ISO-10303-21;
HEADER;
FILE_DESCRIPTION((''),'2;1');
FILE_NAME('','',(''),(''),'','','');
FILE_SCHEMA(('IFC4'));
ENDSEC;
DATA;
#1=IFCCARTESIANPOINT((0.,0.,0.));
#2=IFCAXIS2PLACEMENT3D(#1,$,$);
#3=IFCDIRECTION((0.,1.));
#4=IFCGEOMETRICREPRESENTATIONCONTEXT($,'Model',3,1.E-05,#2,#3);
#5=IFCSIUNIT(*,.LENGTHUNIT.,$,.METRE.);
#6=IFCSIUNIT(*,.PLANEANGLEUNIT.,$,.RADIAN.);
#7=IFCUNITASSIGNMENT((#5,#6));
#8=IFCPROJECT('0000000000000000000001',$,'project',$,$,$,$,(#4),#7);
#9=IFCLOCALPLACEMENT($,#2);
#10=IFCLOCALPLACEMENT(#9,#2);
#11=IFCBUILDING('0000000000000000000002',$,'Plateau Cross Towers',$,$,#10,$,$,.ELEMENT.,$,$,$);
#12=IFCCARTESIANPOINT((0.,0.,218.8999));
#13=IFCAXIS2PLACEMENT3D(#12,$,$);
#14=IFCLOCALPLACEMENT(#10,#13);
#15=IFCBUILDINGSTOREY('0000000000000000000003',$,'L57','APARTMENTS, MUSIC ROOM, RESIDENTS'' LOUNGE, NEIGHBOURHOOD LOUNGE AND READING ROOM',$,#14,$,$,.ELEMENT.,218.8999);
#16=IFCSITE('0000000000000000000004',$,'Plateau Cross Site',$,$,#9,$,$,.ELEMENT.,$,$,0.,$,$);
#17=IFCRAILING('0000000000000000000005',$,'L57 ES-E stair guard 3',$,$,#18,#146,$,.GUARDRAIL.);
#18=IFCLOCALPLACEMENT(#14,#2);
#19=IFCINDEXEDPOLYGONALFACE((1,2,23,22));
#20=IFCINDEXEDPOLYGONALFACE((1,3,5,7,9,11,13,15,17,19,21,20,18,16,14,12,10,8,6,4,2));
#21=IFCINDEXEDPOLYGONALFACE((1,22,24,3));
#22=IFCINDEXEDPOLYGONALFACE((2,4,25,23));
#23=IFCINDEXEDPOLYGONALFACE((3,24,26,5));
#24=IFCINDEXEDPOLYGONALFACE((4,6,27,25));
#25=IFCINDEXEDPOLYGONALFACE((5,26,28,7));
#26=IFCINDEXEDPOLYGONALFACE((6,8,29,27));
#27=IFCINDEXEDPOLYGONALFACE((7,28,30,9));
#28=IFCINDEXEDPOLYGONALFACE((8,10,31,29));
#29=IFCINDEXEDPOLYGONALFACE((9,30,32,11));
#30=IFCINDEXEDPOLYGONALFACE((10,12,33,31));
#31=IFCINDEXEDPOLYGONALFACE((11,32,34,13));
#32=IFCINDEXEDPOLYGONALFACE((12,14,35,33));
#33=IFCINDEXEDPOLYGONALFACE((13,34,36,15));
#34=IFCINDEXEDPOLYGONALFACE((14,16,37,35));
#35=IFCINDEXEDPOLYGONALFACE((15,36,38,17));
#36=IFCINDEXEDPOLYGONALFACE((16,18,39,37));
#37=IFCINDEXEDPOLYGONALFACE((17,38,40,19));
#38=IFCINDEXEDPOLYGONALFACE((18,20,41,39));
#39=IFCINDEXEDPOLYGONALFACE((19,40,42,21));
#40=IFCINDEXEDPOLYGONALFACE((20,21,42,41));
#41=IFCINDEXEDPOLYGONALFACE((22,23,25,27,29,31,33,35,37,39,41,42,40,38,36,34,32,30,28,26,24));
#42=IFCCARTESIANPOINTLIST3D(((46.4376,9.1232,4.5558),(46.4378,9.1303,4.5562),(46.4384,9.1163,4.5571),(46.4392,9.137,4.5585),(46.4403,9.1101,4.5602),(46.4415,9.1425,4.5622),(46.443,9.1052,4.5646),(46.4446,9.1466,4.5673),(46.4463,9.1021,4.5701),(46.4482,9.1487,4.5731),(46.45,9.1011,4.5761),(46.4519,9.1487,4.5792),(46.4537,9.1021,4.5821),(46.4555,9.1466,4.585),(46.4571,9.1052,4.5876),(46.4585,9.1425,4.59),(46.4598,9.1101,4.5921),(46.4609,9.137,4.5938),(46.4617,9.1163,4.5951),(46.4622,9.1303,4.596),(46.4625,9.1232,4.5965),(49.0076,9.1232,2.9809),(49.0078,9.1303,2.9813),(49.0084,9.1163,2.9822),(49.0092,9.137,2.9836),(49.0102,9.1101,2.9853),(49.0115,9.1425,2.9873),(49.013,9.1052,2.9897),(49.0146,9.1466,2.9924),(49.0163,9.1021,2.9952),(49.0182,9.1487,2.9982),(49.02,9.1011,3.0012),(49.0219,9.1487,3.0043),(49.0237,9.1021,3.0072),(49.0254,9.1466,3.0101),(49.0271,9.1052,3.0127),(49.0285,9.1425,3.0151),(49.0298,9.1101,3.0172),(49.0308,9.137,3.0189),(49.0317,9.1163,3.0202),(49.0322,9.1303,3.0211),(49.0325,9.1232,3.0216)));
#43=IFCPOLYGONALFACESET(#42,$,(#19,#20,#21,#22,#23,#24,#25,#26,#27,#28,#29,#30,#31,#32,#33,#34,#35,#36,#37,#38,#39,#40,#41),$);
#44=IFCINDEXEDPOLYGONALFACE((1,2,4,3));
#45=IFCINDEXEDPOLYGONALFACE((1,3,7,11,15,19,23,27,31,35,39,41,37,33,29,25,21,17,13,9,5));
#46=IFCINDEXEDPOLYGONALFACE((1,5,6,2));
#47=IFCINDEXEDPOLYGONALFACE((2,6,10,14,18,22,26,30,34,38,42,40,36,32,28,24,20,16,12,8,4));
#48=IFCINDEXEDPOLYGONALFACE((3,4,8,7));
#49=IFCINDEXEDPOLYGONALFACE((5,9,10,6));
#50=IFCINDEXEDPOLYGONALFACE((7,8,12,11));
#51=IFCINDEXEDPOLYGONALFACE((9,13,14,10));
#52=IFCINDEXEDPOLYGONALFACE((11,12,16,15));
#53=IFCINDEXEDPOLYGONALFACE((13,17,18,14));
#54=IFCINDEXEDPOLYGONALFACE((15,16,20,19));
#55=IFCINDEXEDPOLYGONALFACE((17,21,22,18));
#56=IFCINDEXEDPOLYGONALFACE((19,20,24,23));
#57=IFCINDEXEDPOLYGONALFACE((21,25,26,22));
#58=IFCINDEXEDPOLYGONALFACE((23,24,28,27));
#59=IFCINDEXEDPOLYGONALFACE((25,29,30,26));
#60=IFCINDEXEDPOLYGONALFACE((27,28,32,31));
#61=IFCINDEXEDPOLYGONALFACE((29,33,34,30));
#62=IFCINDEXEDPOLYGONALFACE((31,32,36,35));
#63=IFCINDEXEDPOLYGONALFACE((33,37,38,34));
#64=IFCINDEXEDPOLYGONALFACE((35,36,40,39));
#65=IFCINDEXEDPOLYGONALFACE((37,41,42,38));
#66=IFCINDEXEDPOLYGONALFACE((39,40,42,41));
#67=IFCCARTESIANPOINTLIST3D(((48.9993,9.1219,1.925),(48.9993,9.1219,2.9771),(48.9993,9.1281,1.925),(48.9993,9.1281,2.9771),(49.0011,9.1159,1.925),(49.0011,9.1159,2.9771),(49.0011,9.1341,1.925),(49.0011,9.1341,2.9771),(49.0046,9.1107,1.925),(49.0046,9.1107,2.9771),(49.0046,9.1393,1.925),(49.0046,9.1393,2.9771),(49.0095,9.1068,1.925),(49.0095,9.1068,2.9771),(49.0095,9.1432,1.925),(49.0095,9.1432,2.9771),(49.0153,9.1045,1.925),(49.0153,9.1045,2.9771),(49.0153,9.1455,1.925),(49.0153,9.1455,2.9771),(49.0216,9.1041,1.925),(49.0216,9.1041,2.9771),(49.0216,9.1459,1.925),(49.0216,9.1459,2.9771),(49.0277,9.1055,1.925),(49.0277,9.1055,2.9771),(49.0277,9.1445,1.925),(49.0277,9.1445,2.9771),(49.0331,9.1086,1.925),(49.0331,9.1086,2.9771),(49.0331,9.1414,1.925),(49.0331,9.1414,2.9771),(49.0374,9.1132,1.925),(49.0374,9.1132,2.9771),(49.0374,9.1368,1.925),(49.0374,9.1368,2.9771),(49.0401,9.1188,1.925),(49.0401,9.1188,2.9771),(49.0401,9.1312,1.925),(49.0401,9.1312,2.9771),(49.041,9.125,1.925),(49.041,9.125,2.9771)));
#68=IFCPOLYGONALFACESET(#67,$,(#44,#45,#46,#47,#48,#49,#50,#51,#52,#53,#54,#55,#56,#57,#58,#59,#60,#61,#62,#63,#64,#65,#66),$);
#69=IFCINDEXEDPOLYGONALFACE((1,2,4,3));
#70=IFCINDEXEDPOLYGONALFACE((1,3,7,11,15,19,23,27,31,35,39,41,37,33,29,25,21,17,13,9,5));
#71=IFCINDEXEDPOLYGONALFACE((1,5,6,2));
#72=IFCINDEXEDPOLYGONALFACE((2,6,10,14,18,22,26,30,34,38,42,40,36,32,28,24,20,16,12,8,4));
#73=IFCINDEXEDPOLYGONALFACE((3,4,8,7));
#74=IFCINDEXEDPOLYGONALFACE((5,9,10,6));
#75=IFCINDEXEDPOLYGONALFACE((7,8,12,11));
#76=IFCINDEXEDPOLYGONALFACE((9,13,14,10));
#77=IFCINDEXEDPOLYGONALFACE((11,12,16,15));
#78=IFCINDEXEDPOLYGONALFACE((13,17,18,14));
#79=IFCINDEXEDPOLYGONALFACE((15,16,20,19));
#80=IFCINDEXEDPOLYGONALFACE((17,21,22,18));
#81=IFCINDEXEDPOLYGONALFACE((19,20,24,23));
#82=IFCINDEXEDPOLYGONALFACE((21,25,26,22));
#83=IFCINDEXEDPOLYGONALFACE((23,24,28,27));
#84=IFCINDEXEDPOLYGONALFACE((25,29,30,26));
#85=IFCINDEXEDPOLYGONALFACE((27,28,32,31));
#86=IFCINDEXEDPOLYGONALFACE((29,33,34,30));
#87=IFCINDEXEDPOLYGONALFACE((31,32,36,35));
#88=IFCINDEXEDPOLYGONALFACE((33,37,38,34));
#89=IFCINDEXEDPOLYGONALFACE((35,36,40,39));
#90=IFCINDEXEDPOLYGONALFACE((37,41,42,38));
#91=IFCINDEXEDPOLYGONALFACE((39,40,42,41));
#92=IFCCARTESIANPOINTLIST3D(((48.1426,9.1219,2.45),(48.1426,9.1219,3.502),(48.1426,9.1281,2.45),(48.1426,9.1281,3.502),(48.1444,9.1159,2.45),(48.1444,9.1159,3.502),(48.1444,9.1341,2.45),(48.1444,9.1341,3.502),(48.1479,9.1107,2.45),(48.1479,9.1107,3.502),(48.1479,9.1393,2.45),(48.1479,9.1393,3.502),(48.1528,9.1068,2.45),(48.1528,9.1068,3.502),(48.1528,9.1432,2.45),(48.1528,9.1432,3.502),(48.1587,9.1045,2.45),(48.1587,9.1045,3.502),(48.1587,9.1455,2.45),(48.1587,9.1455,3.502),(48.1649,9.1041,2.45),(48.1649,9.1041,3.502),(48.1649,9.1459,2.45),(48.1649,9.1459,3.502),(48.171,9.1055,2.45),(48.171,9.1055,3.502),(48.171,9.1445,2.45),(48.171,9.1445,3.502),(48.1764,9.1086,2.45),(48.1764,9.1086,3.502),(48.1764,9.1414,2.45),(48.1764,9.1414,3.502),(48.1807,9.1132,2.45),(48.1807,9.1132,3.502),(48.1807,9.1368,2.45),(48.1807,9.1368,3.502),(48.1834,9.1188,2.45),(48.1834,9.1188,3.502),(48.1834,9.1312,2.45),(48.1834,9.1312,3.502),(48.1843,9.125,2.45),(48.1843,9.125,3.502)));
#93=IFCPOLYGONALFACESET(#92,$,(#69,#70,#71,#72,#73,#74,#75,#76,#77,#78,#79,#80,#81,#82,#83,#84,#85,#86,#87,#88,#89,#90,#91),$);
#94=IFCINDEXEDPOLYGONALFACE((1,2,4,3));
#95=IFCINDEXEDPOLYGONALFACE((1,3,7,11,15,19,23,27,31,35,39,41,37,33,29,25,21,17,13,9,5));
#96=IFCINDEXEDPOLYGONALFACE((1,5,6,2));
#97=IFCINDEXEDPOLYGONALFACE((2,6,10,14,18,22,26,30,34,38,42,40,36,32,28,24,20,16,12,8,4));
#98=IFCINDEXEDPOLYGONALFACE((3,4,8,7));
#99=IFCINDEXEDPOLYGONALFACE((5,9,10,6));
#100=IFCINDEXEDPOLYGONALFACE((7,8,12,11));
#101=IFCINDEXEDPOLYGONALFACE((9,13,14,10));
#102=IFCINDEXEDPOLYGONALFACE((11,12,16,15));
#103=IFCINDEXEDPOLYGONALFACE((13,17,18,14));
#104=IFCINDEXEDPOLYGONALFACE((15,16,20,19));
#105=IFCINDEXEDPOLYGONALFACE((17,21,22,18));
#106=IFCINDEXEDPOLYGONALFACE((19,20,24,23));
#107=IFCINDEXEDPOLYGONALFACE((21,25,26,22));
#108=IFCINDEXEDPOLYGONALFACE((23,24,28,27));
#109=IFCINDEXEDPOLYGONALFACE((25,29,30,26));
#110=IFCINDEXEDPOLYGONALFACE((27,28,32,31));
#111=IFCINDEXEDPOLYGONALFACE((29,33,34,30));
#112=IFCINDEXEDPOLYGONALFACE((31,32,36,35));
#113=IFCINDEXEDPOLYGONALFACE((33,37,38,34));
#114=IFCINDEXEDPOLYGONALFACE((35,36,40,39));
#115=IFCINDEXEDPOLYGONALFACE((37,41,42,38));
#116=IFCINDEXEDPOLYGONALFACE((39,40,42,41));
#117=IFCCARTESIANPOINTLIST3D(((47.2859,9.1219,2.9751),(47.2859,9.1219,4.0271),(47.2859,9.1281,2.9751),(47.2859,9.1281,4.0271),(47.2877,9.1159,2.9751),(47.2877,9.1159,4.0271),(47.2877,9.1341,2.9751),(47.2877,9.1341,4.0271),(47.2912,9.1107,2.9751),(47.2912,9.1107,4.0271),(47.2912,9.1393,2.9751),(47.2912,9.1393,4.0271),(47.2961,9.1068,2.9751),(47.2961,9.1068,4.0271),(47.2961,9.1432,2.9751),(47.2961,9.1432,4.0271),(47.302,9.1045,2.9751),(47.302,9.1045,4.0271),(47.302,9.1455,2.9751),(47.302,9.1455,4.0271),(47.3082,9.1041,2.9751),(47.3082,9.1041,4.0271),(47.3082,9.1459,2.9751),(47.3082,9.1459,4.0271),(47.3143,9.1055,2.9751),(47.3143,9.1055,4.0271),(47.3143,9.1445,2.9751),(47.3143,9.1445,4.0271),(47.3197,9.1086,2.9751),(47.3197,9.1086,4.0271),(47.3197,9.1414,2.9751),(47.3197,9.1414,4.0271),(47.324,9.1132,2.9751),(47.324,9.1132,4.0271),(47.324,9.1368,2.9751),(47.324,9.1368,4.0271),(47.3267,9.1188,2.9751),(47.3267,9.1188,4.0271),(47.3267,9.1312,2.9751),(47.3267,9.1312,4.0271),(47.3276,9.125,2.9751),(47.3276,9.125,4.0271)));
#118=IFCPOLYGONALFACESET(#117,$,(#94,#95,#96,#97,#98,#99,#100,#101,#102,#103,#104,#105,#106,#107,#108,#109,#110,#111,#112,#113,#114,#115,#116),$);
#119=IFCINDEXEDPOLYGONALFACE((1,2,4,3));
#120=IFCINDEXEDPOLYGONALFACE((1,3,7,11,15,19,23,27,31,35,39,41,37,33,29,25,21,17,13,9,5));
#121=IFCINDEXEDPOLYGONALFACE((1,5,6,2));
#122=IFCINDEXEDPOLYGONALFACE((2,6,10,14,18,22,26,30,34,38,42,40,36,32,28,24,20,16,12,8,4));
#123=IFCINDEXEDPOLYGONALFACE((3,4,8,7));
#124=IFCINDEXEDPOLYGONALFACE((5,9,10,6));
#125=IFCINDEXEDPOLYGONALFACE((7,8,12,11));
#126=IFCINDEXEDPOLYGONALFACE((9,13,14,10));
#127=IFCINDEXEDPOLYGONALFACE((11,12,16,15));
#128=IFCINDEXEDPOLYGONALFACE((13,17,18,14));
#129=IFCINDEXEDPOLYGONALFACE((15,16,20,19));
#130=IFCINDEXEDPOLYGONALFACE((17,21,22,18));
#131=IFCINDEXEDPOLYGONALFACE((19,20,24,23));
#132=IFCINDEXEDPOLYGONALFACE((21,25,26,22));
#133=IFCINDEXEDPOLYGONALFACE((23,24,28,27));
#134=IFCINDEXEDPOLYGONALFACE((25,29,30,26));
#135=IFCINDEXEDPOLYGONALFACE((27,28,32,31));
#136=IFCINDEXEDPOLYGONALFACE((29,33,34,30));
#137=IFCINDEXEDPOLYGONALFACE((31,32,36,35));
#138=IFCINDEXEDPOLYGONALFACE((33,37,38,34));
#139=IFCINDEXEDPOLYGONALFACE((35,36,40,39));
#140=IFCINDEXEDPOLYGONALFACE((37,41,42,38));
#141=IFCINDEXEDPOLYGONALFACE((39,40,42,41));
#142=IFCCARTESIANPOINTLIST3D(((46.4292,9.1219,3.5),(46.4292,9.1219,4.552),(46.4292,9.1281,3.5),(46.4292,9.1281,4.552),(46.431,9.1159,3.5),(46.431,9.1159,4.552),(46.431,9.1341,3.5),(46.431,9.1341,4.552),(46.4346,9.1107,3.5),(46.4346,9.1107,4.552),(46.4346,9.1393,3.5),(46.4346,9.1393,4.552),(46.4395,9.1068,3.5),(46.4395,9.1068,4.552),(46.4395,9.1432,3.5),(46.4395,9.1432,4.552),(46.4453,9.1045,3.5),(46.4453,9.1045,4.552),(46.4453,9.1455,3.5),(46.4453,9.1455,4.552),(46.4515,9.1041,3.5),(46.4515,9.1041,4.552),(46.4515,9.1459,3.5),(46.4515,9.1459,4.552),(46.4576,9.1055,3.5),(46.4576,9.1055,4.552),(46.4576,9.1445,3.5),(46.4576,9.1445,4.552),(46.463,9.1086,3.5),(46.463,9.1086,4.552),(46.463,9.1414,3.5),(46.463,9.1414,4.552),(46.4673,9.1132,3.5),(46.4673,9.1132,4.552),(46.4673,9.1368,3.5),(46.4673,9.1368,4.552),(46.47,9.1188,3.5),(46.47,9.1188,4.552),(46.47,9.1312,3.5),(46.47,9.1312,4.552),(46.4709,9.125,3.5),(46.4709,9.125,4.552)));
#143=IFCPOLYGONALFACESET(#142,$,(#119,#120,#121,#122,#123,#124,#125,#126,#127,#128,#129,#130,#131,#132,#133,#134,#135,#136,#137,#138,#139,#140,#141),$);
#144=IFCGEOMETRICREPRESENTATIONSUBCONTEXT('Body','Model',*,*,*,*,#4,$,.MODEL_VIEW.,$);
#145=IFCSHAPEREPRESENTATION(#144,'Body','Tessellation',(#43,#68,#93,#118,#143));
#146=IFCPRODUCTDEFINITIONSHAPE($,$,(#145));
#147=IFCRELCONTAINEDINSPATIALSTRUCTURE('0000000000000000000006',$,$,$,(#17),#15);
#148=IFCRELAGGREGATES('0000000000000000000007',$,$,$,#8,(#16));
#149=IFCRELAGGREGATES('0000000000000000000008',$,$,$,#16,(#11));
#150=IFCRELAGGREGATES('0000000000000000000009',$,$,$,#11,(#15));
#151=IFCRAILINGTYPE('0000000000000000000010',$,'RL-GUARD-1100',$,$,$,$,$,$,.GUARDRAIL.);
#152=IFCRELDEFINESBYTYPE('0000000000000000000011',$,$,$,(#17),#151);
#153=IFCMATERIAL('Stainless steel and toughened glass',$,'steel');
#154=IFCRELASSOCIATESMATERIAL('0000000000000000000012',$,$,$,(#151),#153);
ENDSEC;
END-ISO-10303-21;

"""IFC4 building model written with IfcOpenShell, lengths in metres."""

from ifc_helpers import new_model, si_unit, direction, frame, origin, origin_2d, place, context, subcontext, project, spatial, circle, extrude, material, type_object, element, save


model = new_model("IFC4")

# Units and contexts
model_context = context("Model", 3, precision=1e-05, world=origin(), true_north=direction((0.0, 1.0)))
body_context = subcontext(model_context, "Body", "Model", "MODEL_VIEW")
ifc_project = project(units=[si_unit("LENGTHUNIT", "METRE"), si_unit("PLANEANGLEUNIT", "RADIAN")], contexts=[model_context])

# Site, building, storey
site_placement = place(None, origin())
site = spatial("IfcSite", under=ifc_project, at=site_placement, Name="Plateau Cross Site", CompositionType="ELEMENT", RefElevation=0.0)
building_placement = place(site_placement, origin())
building = spatial("IfcBuilding", under=site, at=building_placement, Name="Plateau Cross Towers", CompositionType="ELEMENT")
storey_placement = place(building_placement, frame((0.0, 0.0, 218.8999)))
storey = spatial("IfcBuildingStorey", under=building, at=storey_placement, Name="L57", Description="APARTMENTS, MUSIC ROOM, RESIDENTS' LOUNGE, NEIGHBOURHOOD LOUNGE AND READING ROOM", CompositionType="ELEMENT", Elevation=218.8999)

# Railing
ifc_material_1 = material(Name="Stainless steel and toughened glass", Category="steel")
railing_type_1 = type_object("IfcRailingType", Name="RL-GUARD-1100", PredefinedType="GUARDRAIL", material=ifc_material_1)
railing_1_placement = place(storey_placement, frame((49.02, 9.125, 1.925)))
element("IfcRailing", 1, at=railing_1_placement, inside=storey, type_object=railing_type_1, Name="L57 ES-E stair guard 3", PredefinedType="GUARDRAIL", context=body_context, shape_type="SweptSolid", body=[
    extrude(circle(Radius=0.0239, at=origin_2d()), frame((0.0, 0.0, 1.0762), z_axis=(-0.852639, 0.0, 0.522501), x_axis=(0.0, -1.0, 0.0)), (0.0, 0.0, 1.0), 3.0142),
    extrude(circle(Radius=0.021, at=origin_2d()), origin(), (0.0, 0.0, 1.0), 1.052),
    extrude(circle(Radius=0.021, at=origin_2d()), frame((-0.8567, 0.0, 0.5249)), (0.0, 0.0, 1.0), 1.052),
    extrude(circle(Radius=0.021, at=origin_2d()), frame((-1.7134, 0.0, 1.05)), (0.0, 0.0, 1.0), 1.052),
    extrude(circle(Radius=0.021, at=origin_2d()), frame((-2.5701, 0.0, 1.575)), (0.0, 0.0, 1.0), 1.052),
])

save(model, "model.ifc")
